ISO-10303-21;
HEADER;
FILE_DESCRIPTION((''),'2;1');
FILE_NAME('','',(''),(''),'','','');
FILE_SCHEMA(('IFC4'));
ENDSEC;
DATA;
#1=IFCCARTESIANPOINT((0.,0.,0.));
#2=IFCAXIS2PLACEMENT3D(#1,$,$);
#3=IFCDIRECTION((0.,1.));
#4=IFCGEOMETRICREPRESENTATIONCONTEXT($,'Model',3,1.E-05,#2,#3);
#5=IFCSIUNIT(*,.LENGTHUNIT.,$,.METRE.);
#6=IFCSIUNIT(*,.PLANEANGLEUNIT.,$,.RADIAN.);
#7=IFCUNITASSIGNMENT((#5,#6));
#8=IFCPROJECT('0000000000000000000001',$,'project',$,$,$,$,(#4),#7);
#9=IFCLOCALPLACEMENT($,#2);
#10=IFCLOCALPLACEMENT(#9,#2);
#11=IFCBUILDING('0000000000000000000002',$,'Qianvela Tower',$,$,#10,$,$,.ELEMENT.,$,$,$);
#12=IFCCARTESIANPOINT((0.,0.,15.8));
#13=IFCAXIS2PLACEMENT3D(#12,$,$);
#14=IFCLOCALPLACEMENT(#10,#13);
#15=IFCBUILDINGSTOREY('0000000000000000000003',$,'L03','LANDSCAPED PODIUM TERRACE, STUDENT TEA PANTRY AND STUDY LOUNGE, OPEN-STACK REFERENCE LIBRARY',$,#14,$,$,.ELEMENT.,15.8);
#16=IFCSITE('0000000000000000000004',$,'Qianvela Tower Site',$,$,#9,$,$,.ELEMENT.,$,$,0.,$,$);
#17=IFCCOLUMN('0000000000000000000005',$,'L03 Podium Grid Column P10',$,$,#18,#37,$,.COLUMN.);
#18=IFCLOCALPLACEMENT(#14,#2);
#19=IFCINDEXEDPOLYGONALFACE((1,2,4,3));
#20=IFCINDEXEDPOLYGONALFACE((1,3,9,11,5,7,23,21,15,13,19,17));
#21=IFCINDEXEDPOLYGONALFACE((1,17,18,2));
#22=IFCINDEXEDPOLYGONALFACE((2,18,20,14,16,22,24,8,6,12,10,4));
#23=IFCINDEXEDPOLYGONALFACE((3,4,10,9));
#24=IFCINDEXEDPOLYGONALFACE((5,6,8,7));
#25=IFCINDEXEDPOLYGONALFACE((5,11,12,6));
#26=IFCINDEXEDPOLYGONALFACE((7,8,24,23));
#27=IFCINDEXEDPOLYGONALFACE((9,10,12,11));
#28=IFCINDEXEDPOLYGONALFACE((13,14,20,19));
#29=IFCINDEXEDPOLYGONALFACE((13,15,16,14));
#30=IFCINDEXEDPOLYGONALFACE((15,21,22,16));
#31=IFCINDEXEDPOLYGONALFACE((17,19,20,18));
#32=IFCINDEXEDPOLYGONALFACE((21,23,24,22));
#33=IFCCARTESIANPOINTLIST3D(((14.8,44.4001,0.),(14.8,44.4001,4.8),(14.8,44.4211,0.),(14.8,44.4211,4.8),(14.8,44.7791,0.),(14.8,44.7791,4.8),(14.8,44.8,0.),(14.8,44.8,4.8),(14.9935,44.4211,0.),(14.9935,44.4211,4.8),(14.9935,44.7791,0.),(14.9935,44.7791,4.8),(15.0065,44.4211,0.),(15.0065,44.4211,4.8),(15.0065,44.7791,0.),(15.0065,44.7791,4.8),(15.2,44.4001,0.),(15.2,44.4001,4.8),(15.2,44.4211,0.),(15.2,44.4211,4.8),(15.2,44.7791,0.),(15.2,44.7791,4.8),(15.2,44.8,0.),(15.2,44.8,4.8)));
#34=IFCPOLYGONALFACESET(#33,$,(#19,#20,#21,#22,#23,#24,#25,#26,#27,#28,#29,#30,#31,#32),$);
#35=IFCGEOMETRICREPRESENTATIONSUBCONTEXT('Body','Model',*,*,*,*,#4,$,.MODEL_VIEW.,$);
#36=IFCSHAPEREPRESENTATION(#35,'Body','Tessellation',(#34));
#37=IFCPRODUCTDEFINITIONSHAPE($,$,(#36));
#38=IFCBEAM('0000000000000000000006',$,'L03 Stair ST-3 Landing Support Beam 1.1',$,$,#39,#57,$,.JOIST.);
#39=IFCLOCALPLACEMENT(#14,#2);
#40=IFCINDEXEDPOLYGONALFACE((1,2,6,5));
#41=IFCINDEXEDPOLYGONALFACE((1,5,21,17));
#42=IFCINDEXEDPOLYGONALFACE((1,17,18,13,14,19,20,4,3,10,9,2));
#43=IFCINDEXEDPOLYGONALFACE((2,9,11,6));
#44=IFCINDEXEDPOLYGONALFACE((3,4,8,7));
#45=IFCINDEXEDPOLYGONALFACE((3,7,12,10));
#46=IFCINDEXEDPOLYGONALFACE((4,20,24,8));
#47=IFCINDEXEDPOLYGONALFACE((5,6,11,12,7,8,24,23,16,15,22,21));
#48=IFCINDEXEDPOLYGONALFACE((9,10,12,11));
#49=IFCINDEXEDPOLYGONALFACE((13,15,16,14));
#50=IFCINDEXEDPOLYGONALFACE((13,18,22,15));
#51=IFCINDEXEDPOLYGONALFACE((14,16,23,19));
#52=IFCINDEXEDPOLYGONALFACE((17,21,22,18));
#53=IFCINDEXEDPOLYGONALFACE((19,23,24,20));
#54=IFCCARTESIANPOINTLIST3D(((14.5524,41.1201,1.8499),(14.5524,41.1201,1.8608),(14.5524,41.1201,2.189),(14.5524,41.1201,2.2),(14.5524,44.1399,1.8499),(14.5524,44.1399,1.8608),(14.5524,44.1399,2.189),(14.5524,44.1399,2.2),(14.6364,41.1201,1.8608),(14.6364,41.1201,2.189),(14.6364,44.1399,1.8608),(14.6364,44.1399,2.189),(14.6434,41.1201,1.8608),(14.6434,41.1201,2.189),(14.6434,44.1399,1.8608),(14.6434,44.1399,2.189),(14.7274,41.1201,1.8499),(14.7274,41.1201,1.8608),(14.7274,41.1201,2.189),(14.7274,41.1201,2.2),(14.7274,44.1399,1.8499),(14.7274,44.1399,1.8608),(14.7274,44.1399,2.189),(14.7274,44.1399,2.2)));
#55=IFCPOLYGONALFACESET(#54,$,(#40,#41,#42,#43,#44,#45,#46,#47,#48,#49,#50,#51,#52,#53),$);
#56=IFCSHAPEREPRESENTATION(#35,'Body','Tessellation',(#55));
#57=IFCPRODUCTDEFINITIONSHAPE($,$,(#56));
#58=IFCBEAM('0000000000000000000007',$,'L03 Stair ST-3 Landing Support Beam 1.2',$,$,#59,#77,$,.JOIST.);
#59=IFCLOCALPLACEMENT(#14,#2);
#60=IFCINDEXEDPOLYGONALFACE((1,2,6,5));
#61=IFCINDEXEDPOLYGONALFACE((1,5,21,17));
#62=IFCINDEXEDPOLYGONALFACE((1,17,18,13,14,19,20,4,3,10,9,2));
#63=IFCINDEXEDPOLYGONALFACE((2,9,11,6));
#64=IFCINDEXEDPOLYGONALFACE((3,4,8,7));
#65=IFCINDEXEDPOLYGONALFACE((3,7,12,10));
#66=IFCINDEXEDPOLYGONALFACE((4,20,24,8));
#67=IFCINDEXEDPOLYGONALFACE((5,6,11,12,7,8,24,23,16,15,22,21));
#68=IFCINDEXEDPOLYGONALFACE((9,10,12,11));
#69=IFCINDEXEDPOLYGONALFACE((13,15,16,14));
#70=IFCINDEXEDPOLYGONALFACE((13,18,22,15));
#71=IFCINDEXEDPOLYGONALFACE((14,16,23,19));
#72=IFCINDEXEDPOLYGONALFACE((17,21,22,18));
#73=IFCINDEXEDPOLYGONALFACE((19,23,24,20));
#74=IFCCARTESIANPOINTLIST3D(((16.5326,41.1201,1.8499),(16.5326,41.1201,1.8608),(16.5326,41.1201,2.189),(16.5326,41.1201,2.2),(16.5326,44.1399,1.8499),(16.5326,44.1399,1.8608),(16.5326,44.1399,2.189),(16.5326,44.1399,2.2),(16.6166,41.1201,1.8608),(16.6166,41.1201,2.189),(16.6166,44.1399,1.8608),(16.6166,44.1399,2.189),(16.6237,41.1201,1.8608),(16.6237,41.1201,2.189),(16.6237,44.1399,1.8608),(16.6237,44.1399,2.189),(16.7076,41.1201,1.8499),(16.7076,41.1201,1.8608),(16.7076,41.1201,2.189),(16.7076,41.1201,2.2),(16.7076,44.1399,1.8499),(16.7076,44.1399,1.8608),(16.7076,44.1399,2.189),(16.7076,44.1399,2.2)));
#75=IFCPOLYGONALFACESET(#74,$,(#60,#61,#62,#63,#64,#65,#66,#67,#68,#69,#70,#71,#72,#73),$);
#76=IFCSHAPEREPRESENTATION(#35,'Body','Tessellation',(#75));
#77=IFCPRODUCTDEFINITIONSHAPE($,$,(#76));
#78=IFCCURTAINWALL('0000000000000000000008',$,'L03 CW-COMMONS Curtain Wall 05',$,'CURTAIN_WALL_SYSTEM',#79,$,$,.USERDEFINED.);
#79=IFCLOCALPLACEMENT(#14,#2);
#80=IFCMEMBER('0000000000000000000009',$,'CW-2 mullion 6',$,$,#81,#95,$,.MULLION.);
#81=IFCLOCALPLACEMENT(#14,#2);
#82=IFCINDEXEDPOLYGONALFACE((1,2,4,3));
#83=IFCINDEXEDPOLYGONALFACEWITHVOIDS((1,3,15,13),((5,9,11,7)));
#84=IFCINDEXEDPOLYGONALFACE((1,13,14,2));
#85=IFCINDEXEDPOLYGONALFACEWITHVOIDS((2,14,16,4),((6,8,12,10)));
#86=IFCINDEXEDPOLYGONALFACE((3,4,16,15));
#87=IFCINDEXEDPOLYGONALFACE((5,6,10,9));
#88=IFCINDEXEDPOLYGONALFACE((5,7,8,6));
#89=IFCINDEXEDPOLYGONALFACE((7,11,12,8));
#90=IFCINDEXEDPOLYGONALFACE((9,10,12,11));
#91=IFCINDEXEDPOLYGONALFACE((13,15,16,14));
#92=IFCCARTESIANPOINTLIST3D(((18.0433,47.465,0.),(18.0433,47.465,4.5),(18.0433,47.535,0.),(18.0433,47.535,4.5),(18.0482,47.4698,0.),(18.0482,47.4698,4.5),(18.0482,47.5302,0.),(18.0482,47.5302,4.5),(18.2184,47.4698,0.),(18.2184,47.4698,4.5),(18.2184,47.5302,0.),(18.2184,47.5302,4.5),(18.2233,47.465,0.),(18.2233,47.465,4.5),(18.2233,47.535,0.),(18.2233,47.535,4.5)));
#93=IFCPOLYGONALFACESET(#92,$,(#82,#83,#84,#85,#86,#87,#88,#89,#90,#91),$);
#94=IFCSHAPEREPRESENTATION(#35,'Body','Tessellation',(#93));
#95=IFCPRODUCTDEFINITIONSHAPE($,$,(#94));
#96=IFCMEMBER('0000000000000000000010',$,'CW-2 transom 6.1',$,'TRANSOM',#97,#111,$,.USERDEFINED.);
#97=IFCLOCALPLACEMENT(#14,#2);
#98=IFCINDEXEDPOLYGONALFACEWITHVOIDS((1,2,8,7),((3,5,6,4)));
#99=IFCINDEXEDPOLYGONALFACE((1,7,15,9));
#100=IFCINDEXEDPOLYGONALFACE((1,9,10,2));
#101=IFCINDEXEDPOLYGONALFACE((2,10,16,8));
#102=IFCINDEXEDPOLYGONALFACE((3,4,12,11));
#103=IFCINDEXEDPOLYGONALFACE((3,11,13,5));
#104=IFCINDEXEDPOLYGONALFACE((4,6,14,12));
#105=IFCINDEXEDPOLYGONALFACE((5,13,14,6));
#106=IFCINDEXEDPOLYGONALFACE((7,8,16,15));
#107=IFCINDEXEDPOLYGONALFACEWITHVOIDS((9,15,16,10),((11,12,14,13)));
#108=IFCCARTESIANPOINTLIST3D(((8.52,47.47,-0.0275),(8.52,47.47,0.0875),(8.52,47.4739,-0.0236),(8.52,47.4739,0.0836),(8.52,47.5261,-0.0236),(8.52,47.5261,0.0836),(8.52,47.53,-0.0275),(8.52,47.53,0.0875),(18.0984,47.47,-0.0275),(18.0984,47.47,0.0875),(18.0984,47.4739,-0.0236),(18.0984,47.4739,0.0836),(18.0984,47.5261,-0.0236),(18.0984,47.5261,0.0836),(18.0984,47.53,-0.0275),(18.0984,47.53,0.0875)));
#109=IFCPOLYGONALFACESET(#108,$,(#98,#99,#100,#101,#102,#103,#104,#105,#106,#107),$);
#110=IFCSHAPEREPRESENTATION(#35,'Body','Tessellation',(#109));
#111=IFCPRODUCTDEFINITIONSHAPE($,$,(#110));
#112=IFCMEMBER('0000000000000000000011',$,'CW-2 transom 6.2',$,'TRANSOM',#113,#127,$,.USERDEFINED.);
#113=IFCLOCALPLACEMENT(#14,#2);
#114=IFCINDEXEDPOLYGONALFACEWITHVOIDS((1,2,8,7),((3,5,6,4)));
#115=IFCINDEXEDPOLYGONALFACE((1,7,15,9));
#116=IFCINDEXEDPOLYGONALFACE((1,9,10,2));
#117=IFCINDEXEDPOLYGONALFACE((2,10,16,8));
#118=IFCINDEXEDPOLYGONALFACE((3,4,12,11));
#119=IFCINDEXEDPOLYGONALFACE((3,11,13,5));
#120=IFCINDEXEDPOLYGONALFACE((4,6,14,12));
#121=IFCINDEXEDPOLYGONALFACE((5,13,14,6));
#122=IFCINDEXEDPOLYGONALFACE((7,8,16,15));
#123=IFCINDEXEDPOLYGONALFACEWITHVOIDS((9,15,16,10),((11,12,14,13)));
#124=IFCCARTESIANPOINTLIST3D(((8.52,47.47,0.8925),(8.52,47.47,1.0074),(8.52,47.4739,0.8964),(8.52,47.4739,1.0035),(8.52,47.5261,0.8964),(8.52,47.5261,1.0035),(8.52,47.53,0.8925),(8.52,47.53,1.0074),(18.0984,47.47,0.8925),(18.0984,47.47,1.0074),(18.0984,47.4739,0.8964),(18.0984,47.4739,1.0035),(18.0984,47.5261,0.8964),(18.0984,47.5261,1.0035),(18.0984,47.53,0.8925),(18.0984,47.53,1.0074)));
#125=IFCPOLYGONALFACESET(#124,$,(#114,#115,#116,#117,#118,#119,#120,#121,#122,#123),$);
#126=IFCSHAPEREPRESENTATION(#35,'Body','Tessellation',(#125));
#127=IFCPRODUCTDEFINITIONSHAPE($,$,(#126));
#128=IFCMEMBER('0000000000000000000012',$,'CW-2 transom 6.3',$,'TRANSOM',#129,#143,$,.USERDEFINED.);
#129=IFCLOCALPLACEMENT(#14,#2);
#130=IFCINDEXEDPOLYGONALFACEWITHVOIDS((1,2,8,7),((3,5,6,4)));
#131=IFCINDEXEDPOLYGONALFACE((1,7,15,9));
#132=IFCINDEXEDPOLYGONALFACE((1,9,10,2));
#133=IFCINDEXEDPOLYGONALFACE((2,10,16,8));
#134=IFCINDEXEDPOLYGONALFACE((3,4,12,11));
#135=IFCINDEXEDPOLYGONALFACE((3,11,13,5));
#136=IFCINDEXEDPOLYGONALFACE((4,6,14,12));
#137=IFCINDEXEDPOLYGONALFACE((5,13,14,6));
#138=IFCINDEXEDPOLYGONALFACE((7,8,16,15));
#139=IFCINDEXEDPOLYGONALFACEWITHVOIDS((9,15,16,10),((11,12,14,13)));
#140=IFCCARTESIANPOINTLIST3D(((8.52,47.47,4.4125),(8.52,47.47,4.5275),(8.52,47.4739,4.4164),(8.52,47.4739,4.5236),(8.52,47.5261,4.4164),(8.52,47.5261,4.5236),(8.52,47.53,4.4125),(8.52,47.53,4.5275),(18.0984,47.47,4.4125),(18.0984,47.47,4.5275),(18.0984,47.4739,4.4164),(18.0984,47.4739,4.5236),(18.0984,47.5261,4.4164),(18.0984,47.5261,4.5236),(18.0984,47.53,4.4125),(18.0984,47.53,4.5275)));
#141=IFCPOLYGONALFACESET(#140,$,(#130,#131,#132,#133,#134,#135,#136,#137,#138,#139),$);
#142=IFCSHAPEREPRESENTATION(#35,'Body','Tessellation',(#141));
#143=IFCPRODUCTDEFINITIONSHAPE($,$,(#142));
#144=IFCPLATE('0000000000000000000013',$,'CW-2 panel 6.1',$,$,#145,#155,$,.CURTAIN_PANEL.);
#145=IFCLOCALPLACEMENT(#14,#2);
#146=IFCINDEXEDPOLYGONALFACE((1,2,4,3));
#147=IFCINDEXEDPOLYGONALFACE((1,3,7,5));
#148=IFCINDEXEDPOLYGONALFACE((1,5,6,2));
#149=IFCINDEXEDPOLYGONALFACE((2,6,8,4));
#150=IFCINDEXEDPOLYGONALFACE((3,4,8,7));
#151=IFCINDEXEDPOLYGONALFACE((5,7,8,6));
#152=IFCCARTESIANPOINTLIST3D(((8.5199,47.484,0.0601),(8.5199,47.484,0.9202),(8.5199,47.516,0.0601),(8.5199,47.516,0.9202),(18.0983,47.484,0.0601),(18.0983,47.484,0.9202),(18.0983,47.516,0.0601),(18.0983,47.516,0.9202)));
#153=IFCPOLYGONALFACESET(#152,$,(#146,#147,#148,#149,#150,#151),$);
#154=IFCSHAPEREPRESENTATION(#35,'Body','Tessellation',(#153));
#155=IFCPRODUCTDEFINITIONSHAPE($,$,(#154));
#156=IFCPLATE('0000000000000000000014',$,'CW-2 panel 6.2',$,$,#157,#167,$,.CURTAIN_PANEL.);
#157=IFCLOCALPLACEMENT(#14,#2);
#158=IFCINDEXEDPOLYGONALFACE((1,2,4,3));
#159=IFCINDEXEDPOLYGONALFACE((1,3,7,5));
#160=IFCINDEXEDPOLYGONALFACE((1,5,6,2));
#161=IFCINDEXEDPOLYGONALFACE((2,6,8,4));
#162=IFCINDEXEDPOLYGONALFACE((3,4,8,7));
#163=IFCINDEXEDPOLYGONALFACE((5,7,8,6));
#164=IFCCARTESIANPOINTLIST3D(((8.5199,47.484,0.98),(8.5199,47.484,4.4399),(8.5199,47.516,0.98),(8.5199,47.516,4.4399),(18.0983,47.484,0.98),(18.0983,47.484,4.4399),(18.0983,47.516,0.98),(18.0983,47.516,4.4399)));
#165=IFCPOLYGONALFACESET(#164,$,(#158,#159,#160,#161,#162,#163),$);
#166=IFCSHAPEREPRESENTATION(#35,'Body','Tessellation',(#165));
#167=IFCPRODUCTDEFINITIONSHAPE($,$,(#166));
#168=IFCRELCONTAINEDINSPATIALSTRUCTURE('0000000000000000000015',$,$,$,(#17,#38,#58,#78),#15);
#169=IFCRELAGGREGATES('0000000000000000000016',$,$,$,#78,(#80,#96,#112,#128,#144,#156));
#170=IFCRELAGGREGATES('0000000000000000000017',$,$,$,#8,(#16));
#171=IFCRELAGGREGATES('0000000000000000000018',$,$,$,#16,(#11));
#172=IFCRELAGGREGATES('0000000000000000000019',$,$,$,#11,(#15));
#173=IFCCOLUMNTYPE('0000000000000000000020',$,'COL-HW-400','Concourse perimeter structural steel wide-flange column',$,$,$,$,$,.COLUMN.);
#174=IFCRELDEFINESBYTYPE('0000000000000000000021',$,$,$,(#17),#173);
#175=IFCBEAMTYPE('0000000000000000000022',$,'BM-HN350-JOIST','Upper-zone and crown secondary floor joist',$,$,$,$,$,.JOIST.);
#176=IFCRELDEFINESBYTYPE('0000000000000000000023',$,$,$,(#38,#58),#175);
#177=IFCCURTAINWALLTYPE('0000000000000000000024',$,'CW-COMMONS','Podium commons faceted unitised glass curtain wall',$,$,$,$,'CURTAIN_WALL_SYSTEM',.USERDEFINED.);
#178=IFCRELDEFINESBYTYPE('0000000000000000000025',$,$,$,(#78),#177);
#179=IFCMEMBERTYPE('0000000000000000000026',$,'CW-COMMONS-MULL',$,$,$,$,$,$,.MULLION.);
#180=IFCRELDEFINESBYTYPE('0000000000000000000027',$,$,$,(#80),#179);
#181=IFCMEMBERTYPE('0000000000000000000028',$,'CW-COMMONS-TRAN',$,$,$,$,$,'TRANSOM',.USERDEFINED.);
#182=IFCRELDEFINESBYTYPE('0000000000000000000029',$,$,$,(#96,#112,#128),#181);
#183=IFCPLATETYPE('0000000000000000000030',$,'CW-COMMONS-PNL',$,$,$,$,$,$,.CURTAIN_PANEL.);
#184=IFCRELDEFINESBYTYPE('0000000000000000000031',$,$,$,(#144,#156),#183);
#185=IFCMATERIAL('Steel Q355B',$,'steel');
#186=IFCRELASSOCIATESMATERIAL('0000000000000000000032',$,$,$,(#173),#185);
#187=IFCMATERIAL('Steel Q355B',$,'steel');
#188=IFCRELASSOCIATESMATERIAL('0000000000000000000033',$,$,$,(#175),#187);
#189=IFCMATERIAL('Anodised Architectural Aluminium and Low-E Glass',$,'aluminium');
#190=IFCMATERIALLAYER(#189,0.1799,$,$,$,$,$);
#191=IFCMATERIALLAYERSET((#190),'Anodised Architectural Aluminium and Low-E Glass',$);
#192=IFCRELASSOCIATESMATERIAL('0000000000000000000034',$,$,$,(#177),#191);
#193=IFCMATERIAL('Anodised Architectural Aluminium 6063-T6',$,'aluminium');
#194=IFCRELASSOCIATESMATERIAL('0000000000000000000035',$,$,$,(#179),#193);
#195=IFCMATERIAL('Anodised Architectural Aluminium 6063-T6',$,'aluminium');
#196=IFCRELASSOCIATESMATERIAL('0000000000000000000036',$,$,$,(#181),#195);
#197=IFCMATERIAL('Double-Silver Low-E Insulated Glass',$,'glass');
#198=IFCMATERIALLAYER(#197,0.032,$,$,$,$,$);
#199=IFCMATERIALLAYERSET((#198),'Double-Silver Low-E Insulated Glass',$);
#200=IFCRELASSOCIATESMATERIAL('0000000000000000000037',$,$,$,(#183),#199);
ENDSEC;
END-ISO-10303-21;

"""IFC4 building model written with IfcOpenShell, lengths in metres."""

from ifc_helpers import new_model, si_unit, direction, frame, origin, origin_2d, place, context, subcontext, project, spatial, rectangle, hollow_rectangle, i_section, extrude, material, layer, layer_set, material_profile, profile_set, type_object, element, aggregate, save


model = new_model("IFC4")

# Units and contexts
model_context = context("Model", 3, precision=1e-05, world=origin(), true_north=direction((0.0, 1.0)))
body_context = subcontext(model_context, "Body", "Model", "MODEL_VIEW")
ifc_project = project(units=[si_unit("LENGTHUNIT", "METRE"), si_unit("PLANEANGLEUNIT", "RADIAN")], contexts=[model_context])

# Site, building, storey
site_placement = place(None, origin())
site = spatial("IfcSite", under=ifc_project, at=site_placement, Name="Qianvela Tower Site", CompositionType="ELEMENT", RefElevation=0.0)
building_placement = place(site_placement, origin())
building = spatial("IfcBuilding", under=site, at=building_placement, Name="Qianvela Tower", CompositionType="ELEMENT")
storey_placement = place(building_placement, frame((0.0, 0.0, 15.8)))
storey = spatial("IfcBuildingStorey", under=building, at=storey_placement, Name="L03", Description="LANDSCAPED PODIUM TERRACE, STUDENT TEA PANTRY AND STUDY LOUNGE, OPEN-STACK REFERENCE LIBRARY", CompositionType="ELEMENT", Elevation=15.8)

# Column
ifc_material_1 = material(Name="Steel Q355B", Category="steel")
ifc_material_profile_1 = material_profile(ifc_material_1, i_section(OverallWidth=0.3999, OverallDepth=0.3999, WebThickness=0.0129, FlangeThickness=0.021, at=origin_2d()), Name="HW400x400x13x21")
ifc_profile_set_1 = profile_set([ifc_material_profile_1], Name="Steel Q355B")
column_type = type_object("IfcColumnType", Name="COL-HW-400", Description="Concourse perimeter structural steel wide-flange column", PredefinedType="COLUMN", material=ifc_profile_set_1)
column_placement = place(storey_placement, frame((15.0, 44.6001, 0.0), z_axis=(0.0, 0.0, 1.0), x_axis=(1.0, 0.0, 0.0)))
element("IfcColumn", 1, at=column_placement, inside=storey, type_object=column_type, Name="L03 Podium Grid Column P10", PredefinedType="COLUMN", context=body_context, shape_type="SweptSolid", body=[
    extrude(i_section(OverallWidth=0.3999, OverallDepth=0.3999, WebThickness=0.0129, FlangeThickness=0.021, at=origin_2d()), origin(), (0.0, 0.0, 1.0), 4.8),
])

# Beams
ifc_material_2 = material(Name="Steel Q355B", Category="steel")
ifc_material_profile_2 = material_profile(ifc_material_2, i_section(OverallWidth=0.175, OverallDepth=0.3501, WebThickness=0.0071, FlangeThickness=0.011, at=origin_2d()), Name="HN350x175x7x11")
ifc_profile_set_2 = profile_set([ifc_material_profile_2], Name="Steel Q355B")
beam_type = type_object("IfcBeamType", Name="BM-HN350-JOIST", Description="Upper-zone and crown secondary floor joist", PredefinedType="JOIST", material=ifc_profile_set_2)
for number, where, z_axis, x_axis, name in (
    (2, (14.6399, 41.1201, 2.0249), (0.0, 1.0, 0.0), (-1.0, 0.0, 0.0), "L03 Stair ST-3 Landing Support Beam 1.1"),
    (3, (16.6201, 41.1201, 2.0249), (0.0, 1.0, 0.0), (-1.0, 0.0, 0.0), "L03 Stair ST-3 Landing Support Beam 1.2"),
):
    element("IfcBeam", number, at=place(storey_placement, frame(where, z_axis=z_axis, x_axis=x_axis)), inside=storey, type_object=beam_type, Name=name, PredefinedType="JOIST", context=body_context, shape_type="SweptSolid", body=[
        extrude(i_section(OverallWidth=0.175, OverallDepth=0.3501, WebThickness=0.0071, FlangeThickness=0.011, at=origin_2d()), origin(), (0.0, 0.0, 1.0), 3.0198),
    ])

# Curtain wall, members, plates
ifc_material_3 = material(Name="Anodised Architectural Aluminium and Low-E Glass", Category="aluminium")
ifc_layer_1 = layer(ifc_material_3, 0.1799)
ifc_layer_set_1 = layer_set([ifc_layer_1], Name="Anodised Architectural Aluminium and Low-E Glass")
curtain_wall_type = type_object("IfcCurtainWallType", Name="CW-COMMONS", Description="Podium commons faceted unitised glass curtain wall", ElementType="CURTAIN_WALL_SYSTEM", PredefinedType="USERDEFINED", material=ifc_layer_set_1)
curtain_wall_placement = place(storey_placement, origin())
curtain_wall = element("IfcCurtainWall", 4, at=curtain_wall_placement, inside=storey, type_object=curtain_wall_type, Name="L03 CW-COMMONS Curtain Wall 05", ObjectType="CURTAIN_WALL_SYSTEM", PredefinedType="USERDEFINED")
ifc_material_4 = material(Name="Anodised Architectural Aluminium 6063-T6", Category="aluminium")
ifc_material_profile_3 = material_profile(ifc_material_4, hollow_rectangle(XDim=0.0701, YDim=0.1799, WallThickness=0.0049, at=origin_2d()), Name="ALU-MULL-70x180")
ifc_profile_set_3 = profile_set([ifc_material_profile_3], Name="Anodised Architectural Aluminium 6063-T6")
member_type_1 = type_object("IfcMemberType", Name="CW-COMMONS-MULL", PredefinedType="MULLION", material=ifc_profile_set_3)
member_1_placement = place(storey_placement, frame((18.1333, 47.5, 0.0), z_axis=(0.0, 0.0, 1.0), x_axis=(0.0, -1.0, 0.0)))
member_1 = element("IfcMember", 5, at=member_1_placement, type_object=member_type_1, Name="CW-2 mullion 6", PredefinedType="MULLION", context=body_context, shape_type="SweptSolid", body=[
    extrude(hollow_rectangle(XDim=0.0701, YDim=0.1799, WallThickness=0.0049, at=origin_2d()), origin(), (0.0, 0.0, 1.0), 4.5),
])
ifc_material_5 = material(Name="Anodised Architectural Aluminium 6063-T6", Category="aluminium")
ifc_material_profile_4 = material_profile(ifc_material_5, hollow_rectangle(XDim=0.0601, YDim=0.115, WallThickness=0.0039, at=origin_2d()), Name="ALU-TRAN-60x115")
ifc_profile_set_4 = profile_set([ifc_material_profile_4], Name="Anodised Architectural Aluminium 6063-T6")
member_type_2 = type_object("IfcMemberType", Name="CW-COMMONS-TRAN", ElementType="TRANSOM", PredefinedType="USERDEFINED", material=ifc_profile_set_4)
member_2_placement = place(storey_placement, frame((18.0984, 47.5, 0.03), z_axis=(-1.0, 0.0, 0.0), x_axis=(0.0, -1.0, 0.0)))
member_2 = element("IfcMember", 6, at=member_2_placement, type_object=member_type_2, Name="CW-2 transom 6.1", ObjectType="TRANSOM", PredefinedType="USERDEFINED", context=body_context, shape_type="SweptSolid", body=[
    extrude(hollow_rectangle(XDim=0.0601, YDim=0.115, WallThickness=0.0039, at=origin_2d()), origin(), (0.0, 0.0, 1.0), 9.5784),
])
member_3_placement = place(storey_placement, frame((18.0984, 47.5, 0.95), z_axis=(-1.0, 0.0, 0.0), x_axis=(0.0, -1.0, 0.0)))
member_3 = element("IfcMember", 7, at=member_3_placement, type_object=member_type_2, Name="CW-2 transom 6.2", ObjectType="TRANSOM", PredefinedType="USERDEFINED", context=body_context, shape_type="SweptSolid", body=[
    extrude(hollow_rectangle(XDim=0.0601, YDim=0.115, WallThickness=0.0039, at=origin_2d()), origin(), (0.0, 0.0, 1.0), 9.5784),
])
member_4_placement = place(storey_placement, frame((18.0984, 47.5, 4.47), z_axis=(-1.0, 0.0, 0.0), x_axis=(0.0, -1.0, 0.0)))
member_4 = element("IfcMember", 8, at=member_4_placement, type_object=member_type_2, Name="CW-2 transom 6.3", ObjectType="TRANSOM", PredefinedType="USERDEFINED", context=body_context, shape_type="SweptSolid", body=[
    extrude(hollow_rectangle(XDim=0.0601, YDim=0.115, WallThickness=0.0039, at=origin_2d()), origin(), (0.0, 0.0, 1.0), 9.5784),
])
ifc_material_6 = material(Name="Double-Silver Low-E Insulated Glass", Category="glass")
ifc_layer_2 = layer(ifc_material_6, 0.032)
ifc_layer_set_2 = layer_set([ifc_layer_2], Name="Double-Silver Low-E Insulated Glass")
plate_type = type_object("IfcPlateType", Name="CW-COMMONS-PNL", PredefinedType="CURTAIN_PANEL", material=ifc_layer_set_2)
plate_1_placement = place(storey_placement, frame((13.3091, 47.5, 0.0601), z_axis=(0.0, 0.0, 1.0), x_axis=(-1.0, 0.0, 0.0)))
plate_1 = element("IfcPlate", 9, at=plate_1_placement, type_object=plate_type, Name="CW-2 panel 6.1", PredefinedType="CURTAIN_PANEL", context=body_context, shape_type="SweptSolid", body=[
    extrude(rectangle(XDim=9.5784, YDim=0.032, at=origin_2d()), origin(), (0.0, 0.0, 1.0), 0.8601),
])
plate_2_placement = place(storey_placement, frame((13.3091, 47.5, 0.98), z_axis=(0.0, 0.0, 1.0), x_axis=(-1.0, 0.0, 0.0)))
plate_2 = element("IfcPlate", 10, at=plate_2_placement, type_object=plate_type, Name="CW-2 panel 6.2", PredefinedType="CURTAIN_PANEL", context=body_context, shape_type="SweptSolid", body=[
    extrude(rectangle(XDim=9.5784, YDim=0.032, at=origin_2d()), origin(), (0.0, 0.0, 1.0), 3.46),
])
aggregate(curtain_wall, [member_1, member_2, member_3, member_4, plate_1, plate_2])

save(model, "model.ifc")
